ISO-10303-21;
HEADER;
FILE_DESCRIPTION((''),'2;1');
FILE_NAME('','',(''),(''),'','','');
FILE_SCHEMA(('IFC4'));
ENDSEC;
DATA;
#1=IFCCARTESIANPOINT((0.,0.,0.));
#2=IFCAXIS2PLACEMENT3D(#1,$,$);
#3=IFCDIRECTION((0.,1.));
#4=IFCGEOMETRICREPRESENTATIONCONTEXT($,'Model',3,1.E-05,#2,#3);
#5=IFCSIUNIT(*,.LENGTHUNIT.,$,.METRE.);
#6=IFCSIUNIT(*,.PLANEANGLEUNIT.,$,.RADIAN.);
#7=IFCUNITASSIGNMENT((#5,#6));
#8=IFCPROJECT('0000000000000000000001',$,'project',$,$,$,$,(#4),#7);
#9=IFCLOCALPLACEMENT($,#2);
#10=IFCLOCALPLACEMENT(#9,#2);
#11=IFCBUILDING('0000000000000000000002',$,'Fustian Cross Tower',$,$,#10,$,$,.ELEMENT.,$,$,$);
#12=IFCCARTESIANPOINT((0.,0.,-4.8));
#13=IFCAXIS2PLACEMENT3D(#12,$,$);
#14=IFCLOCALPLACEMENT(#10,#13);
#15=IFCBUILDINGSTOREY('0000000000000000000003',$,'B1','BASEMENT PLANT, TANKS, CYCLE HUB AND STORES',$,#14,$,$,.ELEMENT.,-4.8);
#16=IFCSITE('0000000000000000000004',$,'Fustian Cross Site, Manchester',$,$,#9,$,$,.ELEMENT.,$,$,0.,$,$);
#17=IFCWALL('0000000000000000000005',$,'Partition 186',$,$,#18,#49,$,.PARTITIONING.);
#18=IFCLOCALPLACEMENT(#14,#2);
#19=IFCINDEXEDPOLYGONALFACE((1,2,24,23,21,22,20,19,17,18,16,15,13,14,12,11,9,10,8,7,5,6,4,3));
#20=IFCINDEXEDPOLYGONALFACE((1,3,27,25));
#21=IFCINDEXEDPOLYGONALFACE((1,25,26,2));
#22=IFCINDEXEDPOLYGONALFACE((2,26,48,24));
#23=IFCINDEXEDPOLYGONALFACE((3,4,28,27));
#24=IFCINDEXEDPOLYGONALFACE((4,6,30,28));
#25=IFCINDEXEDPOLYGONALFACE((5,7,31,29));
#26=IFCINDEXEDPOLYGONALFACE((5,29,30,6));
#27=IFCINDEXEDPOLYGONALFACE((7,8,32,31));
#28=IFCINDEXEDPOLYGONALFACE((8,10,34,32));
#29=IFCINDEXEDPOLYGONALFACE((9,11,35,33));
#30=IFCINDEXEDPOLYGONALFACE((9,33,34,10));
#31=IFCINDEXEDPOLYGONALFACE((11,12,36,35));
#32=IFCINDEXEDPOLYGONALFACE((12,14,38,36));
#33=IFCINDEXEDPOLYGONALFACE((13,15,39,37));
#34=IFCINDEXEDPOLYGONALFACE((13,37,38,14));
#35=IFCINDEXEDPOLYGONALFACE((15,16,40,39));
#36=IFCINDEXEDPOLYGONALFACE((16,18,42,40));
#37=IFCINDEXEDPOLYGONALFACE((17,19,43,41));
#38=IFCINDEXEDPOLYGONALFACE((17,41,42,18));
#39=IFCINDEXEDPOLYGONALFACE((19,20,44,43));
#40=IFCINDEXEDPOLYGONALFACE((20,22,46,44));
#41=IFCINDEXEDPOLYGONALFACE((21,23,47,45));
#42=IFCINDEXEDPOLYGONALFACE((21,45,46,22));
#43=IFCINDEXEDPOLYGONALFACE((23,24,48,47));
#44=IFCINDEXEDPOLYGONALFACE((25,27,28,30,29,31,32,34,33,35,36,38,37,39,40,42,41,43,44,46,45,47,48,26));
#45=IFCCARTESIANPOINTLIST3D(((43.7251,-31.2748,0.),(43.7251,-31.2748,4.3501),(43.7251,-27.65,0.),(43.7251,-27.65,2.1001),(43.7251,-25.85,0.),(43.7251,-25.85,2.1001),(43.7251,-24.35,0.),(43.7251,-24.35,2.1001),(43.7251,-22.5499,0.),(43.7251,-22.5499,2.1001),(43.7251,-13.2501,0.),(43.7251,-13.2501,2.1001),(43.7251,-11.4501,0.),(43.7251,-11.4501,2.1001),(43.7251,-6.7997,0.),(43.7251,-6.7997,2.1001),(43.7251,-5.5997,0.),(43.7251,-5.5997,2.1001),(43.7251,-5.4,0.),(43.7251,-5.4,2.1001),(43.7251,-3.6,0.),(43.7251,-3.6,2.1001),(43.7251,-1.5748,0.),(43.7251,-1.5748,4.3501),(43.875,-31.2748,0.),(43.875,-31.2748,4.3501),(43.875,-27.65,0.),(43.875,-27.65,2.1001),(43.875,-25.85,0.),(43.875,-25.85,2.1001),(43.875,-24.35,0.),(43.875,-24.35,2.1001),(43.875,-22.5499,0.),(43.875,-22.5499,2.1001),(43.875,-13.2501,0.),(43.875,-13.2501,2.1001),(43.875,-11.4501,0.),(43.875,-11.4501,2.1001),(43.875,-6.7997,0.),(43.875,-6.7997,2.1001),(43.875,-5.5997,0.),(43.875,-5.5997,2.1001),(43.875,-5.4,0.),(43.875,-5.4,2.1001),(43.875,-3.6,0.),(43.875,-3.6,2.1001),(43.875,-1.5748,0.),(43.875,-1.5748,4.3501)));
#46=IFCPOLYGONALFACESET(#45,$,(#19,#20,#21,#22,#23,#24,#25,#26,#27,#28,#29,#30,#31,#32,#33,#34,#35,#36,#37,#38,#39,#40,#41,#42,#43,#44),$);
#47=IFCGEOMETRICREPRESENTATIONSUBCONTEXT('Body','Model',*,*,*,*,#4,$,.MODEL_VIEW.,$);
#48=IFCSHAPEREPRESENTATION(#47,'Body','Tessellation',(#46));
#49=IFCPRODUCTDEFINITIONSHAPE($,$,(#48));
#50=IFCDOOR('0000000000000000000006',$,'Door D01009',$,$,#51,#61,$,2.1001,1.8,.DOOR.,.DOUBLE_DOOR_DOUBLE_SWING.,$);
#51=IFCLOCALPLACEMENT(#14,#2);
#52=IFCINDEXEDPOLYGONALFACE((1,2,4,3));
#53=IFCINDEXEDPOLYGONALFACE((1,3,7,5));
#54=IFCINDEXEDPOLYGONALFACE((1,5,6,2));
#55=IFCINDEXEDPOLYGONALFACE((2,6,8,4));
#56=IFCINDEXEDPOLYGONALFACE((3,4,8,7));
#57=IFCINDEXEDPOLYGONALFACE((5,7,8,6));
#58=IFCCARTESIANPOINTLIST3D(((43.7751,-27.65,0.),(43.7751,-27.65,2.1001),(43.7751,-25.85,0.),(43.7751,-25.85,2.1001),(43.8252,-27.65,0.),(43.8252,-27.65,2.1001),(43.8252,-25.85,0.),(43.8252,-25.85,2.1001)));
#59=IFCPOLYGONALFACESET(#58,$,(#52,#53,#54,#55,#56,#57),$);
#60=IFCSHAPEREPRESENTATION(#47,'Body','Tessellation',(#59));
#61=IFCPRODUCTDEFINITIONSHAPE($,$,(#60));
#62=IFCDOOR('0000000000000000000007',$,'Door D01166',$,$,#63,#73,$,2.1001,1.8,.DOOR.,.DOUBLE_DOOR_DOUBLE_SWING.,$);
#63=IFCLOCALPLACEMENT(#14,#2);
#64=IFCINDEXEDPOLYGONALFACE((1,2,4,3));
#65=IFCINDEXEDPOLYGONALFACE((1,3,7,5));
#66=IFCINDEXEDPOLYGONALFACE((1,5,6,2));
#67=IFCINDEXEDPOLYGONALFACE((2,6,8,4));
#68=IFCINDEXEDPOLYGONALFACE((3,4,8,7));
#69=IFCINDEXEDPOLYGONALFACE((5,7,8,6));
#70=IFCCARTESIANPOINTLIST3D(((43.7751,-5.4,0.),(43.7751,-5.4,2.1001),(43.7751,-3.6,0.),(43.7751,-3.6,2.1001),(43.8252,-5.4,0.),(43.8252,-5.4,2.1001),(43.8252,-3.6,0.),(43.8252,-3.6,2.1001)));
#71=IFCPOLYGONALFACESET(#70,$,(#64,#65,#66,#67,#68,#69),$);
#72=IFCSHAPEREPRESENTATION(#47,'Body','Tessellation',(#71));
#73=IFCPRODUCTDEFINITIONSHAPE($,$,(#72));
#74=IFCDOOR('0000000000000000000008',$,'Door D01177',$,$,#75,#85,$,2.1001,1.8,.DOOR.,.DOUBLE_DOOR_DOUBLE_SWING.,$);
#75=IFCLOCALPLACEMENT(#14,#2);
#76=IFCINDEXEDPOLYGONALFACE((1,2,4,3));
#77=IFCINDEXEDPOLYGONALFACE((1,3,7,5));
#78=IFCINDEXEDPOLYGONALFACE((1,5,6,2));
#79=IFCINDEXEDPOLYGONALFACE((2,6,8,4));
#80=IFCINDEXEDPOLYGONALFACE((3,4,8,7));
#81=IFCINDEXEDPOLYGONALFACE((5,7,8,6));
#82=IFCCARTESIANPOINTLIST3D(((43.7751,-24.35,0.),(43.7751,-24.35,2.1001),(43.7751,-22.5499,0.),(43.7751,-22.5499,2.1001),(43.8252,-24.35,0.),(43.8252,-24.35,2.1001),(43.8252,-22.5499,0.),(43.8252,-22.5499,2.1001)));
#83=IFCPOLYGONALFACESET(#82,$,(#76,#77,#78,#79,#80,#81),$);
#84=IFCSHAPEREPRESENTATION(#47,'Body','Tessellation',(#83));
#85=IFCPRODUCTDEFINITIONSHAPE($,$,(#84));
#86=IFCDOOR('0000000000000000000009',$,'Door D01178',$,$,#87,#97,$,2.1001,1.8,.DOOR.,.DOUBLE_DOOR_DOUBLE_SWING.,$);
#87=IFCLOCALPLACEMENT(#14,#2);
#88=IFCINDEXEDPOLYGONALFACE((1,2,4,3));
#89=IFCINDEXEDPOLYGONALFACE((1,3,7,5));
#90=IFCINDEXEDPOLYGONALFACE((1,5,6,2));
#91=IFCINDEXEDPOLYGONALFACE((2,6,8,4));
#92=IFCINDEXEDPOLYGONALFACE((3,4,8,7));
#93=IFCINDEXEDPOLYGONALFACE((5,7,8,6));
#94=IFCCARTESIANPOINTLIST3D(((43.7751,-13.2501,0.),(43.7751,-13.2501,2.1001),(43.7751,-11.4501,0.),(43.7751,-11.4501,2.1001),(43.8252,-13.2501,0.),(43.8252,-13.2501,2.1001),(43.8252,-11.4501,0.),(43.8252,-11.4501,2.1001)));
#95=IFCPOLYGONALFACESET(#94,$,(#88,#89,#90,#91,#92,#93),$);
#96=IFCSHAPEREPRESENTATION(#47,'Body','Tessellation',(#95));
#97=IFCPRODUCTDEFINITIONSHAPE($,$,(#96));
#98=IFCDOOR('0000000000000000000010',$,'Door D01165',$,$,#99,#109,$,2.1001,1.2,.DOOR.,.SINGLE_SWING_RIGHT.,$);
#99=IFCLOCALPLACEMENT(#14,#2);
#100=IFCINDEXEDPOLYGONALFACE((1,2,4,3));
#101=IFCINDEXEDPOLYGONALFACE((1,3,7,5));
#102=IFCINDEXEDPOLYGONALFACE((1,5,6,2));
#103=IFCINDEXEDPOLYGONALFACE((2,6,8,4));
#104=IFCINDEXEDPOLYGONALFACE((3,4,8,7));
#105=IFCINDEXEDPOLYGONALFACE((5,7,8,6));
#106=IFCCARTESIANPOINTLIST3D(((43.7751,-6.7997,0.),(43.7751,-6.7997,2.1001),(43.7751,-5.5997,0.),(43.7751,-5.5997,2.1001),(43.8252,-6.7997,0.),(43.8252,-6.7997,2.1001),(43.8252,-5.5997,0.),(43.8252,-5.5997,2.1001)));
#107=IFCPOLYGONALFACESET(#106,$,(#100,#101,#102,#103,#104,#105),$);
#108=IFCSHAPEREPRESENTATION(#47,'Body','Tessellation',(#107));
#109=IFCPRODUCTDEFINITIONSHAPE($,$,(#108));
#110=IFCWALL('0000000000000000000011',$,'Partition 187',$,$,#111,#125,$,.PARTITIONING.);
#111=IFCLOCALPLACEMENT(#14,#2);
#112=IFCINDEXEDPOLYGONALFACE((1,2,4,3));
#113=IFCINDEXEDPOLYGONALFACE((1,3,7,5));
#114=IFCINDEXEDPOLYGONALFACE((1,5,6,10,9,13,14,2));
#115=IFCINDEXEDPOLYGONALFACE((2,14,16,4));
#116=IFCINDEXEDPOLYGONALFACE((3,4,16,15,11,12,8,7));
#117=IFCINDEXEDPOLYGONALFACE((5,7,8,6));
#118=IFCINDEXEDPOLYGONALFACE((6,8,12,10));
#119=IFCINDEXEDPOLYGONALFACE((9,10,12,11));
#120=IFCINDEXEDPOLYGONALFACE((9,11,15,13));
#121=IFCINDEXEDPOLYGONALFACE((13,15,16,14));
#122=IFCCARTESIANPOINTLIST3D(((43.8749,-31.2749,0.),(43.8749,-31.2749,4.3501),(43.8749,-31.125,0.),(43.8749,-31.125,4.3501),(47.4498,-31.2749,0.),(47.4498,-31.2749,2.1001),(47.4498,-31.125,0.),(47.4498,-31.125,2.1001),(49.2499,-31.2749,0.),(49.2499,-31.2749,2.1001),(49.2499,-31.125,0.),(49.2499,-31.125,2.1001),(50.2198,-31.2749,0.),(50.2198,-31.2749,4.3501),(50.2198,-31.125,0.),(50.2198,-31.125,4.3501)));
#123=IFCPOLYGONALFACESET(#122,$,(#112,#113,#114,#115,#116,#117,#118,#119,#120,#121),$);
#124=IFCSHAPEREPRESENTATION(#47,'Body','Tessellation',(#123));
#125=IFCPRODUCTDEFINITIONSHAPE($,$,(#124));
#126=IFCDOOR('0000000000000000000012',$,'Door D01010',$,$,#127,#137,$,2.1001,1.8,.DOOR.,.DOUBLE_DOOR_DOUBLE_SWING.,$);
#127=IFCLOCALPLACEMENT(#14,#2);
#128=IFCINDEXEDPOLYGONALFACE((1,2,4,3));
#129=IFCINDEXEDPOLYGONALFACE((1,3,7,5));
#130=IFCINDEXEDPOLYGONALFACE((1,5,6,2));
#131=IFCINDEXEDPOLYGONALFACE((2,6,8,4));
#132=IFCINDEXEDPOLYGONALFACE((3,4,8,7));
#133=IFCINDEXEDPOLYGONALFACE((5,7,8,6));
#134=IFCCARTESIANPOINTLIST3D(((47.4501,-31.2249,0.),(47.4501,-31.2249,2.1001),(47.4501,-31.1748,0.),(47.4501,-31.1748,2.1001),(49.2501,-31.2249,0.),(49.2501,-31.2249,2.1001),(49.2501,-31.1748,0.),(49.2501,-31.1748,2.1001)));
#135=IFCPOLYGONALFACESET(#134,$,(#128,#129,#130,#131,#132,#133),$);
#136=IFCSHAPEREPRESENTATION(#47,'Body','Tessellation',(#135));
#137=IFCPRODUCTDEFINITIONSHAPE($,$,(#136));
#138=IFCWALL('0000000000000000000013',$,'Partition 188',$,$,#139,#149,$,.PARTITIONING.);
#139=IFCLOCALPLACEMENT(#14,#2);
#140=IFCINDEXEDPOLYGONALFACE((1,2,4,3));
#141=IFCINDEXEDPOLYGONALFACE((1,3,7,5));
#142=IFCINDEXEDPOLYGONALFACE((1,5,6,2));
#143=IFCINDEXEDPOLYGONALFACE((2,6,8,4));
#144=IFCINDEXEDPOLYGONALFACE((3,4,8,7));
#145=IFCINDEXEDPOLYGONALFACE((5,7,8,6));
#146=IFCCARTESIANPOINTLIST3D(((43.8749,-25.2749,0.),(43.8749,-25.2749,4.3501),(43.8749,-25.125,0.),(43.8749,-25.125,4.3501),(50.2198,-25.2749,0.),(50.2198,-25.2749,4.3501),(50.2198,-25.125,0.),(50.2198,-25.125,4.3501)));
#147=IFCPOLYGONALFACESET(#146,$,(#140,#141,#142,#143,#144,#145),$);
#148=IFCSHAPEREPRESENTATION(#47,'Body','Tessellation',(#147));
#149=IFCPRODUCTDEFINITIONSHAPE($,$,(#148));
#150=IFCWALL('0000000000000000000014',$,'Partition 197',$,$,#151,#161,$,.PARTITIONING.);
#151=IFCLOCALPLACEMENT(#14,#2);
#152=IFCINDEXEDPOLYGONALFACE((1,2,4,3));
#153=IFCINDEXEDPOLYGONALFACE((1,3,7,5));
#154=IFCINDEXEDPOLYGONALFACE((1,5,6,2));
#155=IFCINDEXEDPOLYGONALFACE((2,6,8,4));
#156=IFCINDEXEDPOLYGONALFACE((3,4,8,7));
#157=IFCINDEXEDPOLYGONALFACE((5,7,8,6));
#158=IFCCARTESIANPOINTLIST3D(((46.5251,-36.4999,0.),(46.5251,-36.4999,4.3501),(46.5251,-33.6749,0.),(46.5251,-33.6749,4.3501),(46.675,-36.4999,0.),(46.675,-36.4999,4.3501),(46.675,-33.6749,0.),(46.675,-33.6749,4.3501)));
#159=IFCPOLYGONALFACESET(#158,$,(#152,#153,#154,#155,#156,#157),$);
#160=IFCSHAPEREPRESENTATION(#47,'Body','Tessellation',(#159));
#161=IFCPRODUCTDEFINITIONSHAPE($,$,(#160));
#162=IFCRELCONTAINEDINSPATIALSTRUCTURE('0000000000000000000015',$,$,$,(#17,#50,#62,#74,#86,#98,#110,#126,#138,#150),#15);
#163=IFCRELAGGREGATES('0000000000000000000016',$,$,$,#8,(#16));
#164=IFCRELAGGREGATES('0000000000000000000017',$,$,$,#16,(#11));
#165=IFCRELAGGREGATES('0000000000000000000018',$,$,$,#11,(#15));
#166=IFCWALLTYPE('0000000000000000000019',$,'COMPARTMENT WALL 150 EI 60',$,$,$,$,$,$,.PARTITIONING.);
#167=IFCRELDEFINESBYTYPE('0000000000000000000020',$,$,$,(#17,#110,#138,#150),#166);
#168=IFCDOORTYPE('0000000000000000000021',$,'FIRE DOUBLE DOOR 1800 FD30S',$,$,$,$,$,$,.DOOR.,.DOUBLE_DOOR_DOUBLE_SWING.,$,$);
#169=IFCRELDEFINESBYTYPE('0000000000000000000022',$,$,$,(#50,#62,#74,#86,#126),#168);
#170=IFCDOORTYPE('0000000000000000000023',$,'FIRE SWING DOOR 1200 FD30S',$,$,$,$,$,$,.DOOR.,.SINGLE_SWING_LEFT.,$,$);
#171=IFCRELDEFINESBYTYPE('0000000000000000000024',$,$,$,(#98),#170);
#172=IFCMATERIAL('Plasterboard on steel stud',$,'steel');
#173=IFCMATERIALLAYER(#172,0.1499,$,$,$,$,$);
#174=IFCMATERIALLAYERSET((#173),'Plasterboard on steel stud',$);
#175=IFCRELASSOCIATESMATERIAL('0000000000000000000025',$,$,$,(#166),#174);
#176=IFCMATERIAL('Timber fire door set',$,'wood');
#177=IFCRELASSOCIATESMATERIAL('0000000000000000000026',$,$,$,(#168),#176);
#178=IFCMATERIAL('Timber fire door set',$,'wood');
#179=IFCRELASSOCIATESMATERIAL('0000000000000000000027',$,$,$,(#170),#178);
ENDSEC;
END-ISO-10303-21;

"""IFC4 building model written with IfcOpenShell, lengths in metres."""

from ifc_helpers import new_model, si_unit, direction, frame, frame_2d, origin, place, context, subcontext, project, spatial, rectangle, extrude, material, layer, layer_set, type_object, element, fill, save


model = new_model("IFC4")

# Units and contexts
model_context = context("Model", 3, precision=1e-05, world=origin(), true_north=direction((0.0, 1.0)))
body_context = subcontext(model_context, "Body", "Model", "MODEL_VIEW")
ifc_project = project(units=[si_unit("LENGTHUNIT", "METRE"), si_unit("PLANEANGLEUNIT", "RADIAN")], contexts=[model_context])

# Site, building, storey
site_placement = place(None, origin())
site = spatial("IfcSite", under=ifc_project, at=site_placement, Name="Fustian Cross Site, Manchester", CompositionType="ELEMENT", RefElevation=0.0)
building_placement = place(site_placement, origin())
building = spatial("IfcBuilding", under=site, at=building_placement, Name="Fustian Cross Tower", CompositionType="ELEMENT")
storey_placement = place(building_placement, frame((0.0, 0.0, -4.8)))
storey = spatial("IfcBuildingStorey", under=building, at=storey_placement, Name="B1", Description="BASEMENT PLANT, TANKS, CYCLE HUB AND STORES", CompositionType="ELEMENT", Elevation=-4.8)

# Shared definitions
ifc_material_1 = material(Name="Plasterboard on steel stud", Category="steel")
ifc_layer_1 = layer(ifc_material_1, 0.1499)
ifc_layer_set_1 = layer_set([ifc_layer_1], Name="Plasterboard on steel stud")
wall_type_1 = type_object("IfcWallType", Name="COMPARTMENT WALL 150 EI 60", PredefinedType="PARTITIONING", material=ifc_layer_set_1)

# Wall, openings, doors
wall_1_placement = place(storey_placement, frame((43.8, -31.2749, 0.0), z_axis=(0.0, 0.0, 1.0), x_axis=(0.0, 1.0, 0.0)))
wall_1 = element("IfcWall", 1, at=wall_1_placement, inside=storey, type_object=wall_type_1, Name="Partition 186", PredefinedType="PARTITIONING", context=body_context, shape_type="SweptSolid", body=[
    extrude(rectangle(XDim=29.7, YDim=0.1499, at=frame_2d((14.8501, 0.0))), origin(), (0.0, 0.0, 1.0), 4.3501),
])
opening_1_placement = place(wall_1_placement, frame((3.625, 0.0, 0.0)))
opening_1 = element("IfcOpeningElement", 2, at=opening_1_placement, cuts=wall_1, PredefinedType="OPENING", context=body_context, shape_type="SweptSolid", body=[
    extrude(rectangle(XDim=1.8, YDim=2.1001, at=frame_2d((0.8999, 1.05))), frame((0.0, 0.085, 0.0), z_axis=(0.0, -1.0, 0.0), x_axis=(1.0, 0.0, 0.0)), (0.0, 0.0, 1.0), 0.1699),
])
opening_2_placement = place(wall_1_placement, frame((24.4751, 0.0, 0.0)))
opening_2 = element("IfcOpeningElement", 3, at=opening_2_placement, cuts=wall_1, PredefinedType="OPENING", context=body_context, shape_type="SweptSolid", body=[
    extrude(rectangle(XDim=1.2, YDim=2.1001, at=frame_2d((0.6001, 1.05))), frame((0.0, 0.085, 0.0), z_axis=(0.0, -1.0, 0.0), x_axis=(1.0, 0.0, 0.0)), (0.0, 0.0, 1.0), 0.1699),
])
opening_3_placement = place(wall_1_placement, frame((25.875, 0.0, 0.0)))
opening_3 = element("IfcOpeningElement", 4, at=opening_3_placement, cuts=wall_1, PredefinedType="OPENING", context=body_context, shape_type="SweptSolid", body=[
    extrude(rectangle(XDim=1.8, YDim=2.1001, at=frame_2d((0.8999, 1.05))), frame((0.0, 0.085, 0.0), z_axis=(0.0, -1.0, 0.0), x_axis=(1.0, 0.0, 0.0)), (0.0, 0.0, 1.0), 0.1699),
])
opening_4_placement = place(wall_1_placement, frame((6.925, 0.0, 0.0)))
opening_4 = element("IfcOpeningElement", 5, at=opening_4_placement, cuts=wall_1, PredefinedType="OPENING", context=body_context, shape_type="SweptSolid", body=[
    extrude(rectangle(XDim=1.8, YDim=2.1001, at=frame_2d((0.8999, 1.05))), frame((0.0, 0.085, 0.0), z_axis=(0.0, -1.0, 0.0), x_axis=(1.0, 0.0, 0.0)), (0.0, 0.0, 1.0), 0.1699),
])
opening_5_placement = place(wall_1_placement, frame((18.0249, 0.0, 0.0)))
opening_5 = element("IfcOpeningElement", 6, at=opening_5_placement, cuts=wall_1, PredefinedType="OPENING", context=body_context, shape_type="SweptSolid", body=[
    extrude(rectangle(XDim=1.8, YDim=2.1001, at=frame_2d((0.8999, 1.05))), frame((0.0, 0.085, 0.0), z_axis=(0.0, -1.0, 0.0), x_axis=(1.0, 0.0, 0.0)), (0.0, 0.0, 1.0), 0.1699),
])
ifc_material_2 = material(Name="Timber fire door set", Category="wood")
door_type_1 = type_object("IfcDoorType", Name="FIRE DOUBLE DOOR 1800 FD30S", OperationType="DOUBLE_DOOR_DOUBLE_SWING", PredefinedType="DOOR", material=ifc_material_2)
door_1_placement = place(opening_1_placement, origin())
door_1 = element("IfcDoor", 7, at=door_1_placement, inside=storey, type_object=door_type_1, Name="Door D01009", OperationType="DOUBLE_DOOR_DOUBLE_SWING", OverallHeight=2.1001, OverallWidth=1.8, PredefinedType="DOOR", context=body_context, shape_type="SweptSolid", body=[
    extrude(rectangle(XDim=1.8, YDim=2.1001, at=frame_2d((0.8999, 1.05))), frame((0.0, 0.0249, 0.0), z_axis=(0.0, -1.0, 0.0), x_axis=(1.0, 0.0, 0.0)), (0.0, 0.0, 1.0), 0.05),
])
fill(opening_1, door_1)
door_2_placement = place(opening_3_placement, origin())
door_2 = element("IfcDoor", 8, at=door_2_placement, inside=storey, type_object=door_type_1, Name="Door D01166", OperationType="DOUBLE_DOOR_DOUBLE_SWING", OverallHeight=2.1001, OverallWidth=1.8, PredefinedType="DOOR", context=body_context, shape_type="SweptSolid", body=[
    extrude(rectangle(XDim=1.8, YDim=2.1001, at=frame_2d((0.8999, 1.05))), frame((0.0, 0.0249, 0.0), z_axis=(0.0, -1.0, 0.0), x_axis=(1.0, 0.0, 0.0)), (0.0, 0.0, 1.0), 0.05),
])
fill(opening_3, door_2)
door_3_placement = place(opening_4_placement, origin())
door_3 = element("IfcDoor", 9, at=door_3_placement, inside=storey, type_object=door_type_1, Name="Door D01177", OperationType="DOUBLE_DOOR_DOUBLE_SWING", OverallHeight=2.1001, OverallWidth=1.8, PredefinedType="DOOR", context=body_context, shape_type="SweptSolid", body=[
    extrude(rectangle(XDim=1.8, YDim=2.1001, at=frame_2d((0.8999, 1.05))), frame((0.0, 0.0249, 0.0), z_axis=(0.0, -1.0, 0.0), x_axis=(1.0, 0.0, 0.0)), (0.0, 0.0, 1.0), 0.05),
])
fill(opening_4, door_3)
door_4_placement = place(opening_5_placement, origin())
door_4 = element("IfcDoor", 10, at=door_4_placement, inside=storey, type_object=door_type_1, Name="Door D01178", OperationType="DOUBLE_DOOR_DOUBLE_SWING", OverallHeight=2.1001, OverallWidth=1.8, PredefinedType="DOOR", context=body_context, shape_type="SweptSolid", body=[
    extrude(rectangle(XDim=1.8, YDim=2.1001, at=frame_2d((0.8999, 1.05))), frame((0.0, 0.0249, 0.0), z_axis=(0.0, -1.0, 0.0), x_axis=(1.0, 0.0, 0.0)), (0.0, 0.0, 1.0), 0.05),
])
fill(opening_5, door_4)
ifc_material_3 = material(Name="Timber fire door set", Category="wood")
door_type_2 = type_object("IfcDoorType", Name="FIRE SWING DOOR 1200 FD30S", OperationType="SINGLE_SWING_LEFT", PredefinedType="DOOR", material=ifc_material_3)
door_5_placement = place(opening_2_placement, origin())
door_5 = element("IfcDoor", 11, at=door_5_placement, inside=storey, type_object=door_type_2, Name="Door D01165", OperationType="SINGLE_SWING_RIGHT", OverallHeight=2.1001, OverallWidth=1.2, PredefinedType="DOOR", context=body_context, shape_type="SweptSolid", body=[
    extrude(rectangle(XDim=1.2, YDim=2.1001, at=frame_2d((0.6001, 1.05))), frame((0.0, 0.0249, 0.0), z_axis=(0.0, -1.0, 0.0), x_axis=(1.0, 0.0, 0.0)), (0.0, 0.0, 1.0), 0.05),
])
fill(opening_2, door_5)

# Wall, opening, door
wall_2_placement = place(storey_placement, frame((43.875, -31.2, 0.0), z_axis=(0.0, 0.0, 1.0), x_axis=(1.0, 0.0, 0.0)))
wall_2 = element("IfcWall", 12, at=wall_2_placement, inside=storey, type_object=wall_type_1, Name="Partition 187", PredefinedType="PARTITIONING", context=body_context, shape_type="SweptSolid", body=[
    extrude(rectangle(XDim=6.345, YDim=0.1499, at=frame_2d((3.1724, 0.0))), origin(), (0.0, 0.0, 1.0), 4.3501),
])
opening_6_placement = place(wall_2_placement, frame((3.575, 0.0, 0.0)))
opening_6 = element("IfcOpeningElement", 13, at=opening_6_placement, cuts=wall_2, PredefinedType="OPENING", context=body_context, shape_type="SweptSolid", body=[
    extrude(rectangle(XDim=1.8, YDim=2.1001, at=frame_2d((0.8999, 1.05))), frame((0.0, 0.085, 0.0), z_axis=(0.0, -1.0, 0.0), x_axis=(1.0, 0.0, 0.0)), (0.0, 0.0, 1.0), 0.1699),
])
door_6_placement = place(opening_6_placement, frame((1.8, 0.0, 0.0), z_axis=(0.0, 0.0, 1.0), x_axis=(-1.0, 0.0, 0.0)))
door_6 = element("IfcDoor", 14, at=door_6_placement, inside=storey, type_object=door_type_1, Name="Door D01010", OperationType="DOUBLE_DOOR_DOUBLE_SWING", OverallHeight=2.1001, OverallWidth=1.8, PredefinedType="DOOR", context=body_context, shape_type="SweptSolid", body=[
    extrude(rectangle(XDim=1.8, YDim=2.1001, at=frame_2d((0.8999, 1.05))), frame((0.0, 0.0249, 0.0), z_axis=(0.0, -1.0, 0.0), x_axis=(1.0, 0.0, 0.0)), (0.0, 0.0, 1.0), 0.05),
])
fill(opening_6, door_6)

# Walls
wall_3_placement = place(storey_placement, frame((43.875, -25.2, 0.0), z_axis=(0.0, 0.0, 1.0), x_axis=(1.0, 0.0, 0.0)))
element("IfcWall", 15, at=wall_3_placement, inside=storey, type_object=wall_type_1, Name="Partition 188", PredefinedType="PARTITIONING", context=body_context, shape_type="SweptSolid", body=[
    extrude(rectangle(XDim=6.345, YDim=0.1499, at=frame_2d((3.1724, 0.0))), origin(), (0.0, 0.0, 1.0), 4.3501),
])
wall_4_placement = place(storey_placement, frame((46.6001, -36.5, 0.0), z_axis=(0.0, 0.0, 1.0), x_axis=(0.0, 1.0, 0.0)))
element("IfcWall", 16, at=wall_4_placement, inside=storey, type_object=wall_type_1, Name="Partition 197", PredefinedType="PARTITIONING", context=body_context, shape_type="SweptSolid", body=[
    extrude(rectangle(XDim=2.825, YDim=0.1499, at=frame_2d((1.4126, 0.0))), origin(), (0.0, 0.0, 1.0), 4.3501),
])

save(model, "model.ifc")
